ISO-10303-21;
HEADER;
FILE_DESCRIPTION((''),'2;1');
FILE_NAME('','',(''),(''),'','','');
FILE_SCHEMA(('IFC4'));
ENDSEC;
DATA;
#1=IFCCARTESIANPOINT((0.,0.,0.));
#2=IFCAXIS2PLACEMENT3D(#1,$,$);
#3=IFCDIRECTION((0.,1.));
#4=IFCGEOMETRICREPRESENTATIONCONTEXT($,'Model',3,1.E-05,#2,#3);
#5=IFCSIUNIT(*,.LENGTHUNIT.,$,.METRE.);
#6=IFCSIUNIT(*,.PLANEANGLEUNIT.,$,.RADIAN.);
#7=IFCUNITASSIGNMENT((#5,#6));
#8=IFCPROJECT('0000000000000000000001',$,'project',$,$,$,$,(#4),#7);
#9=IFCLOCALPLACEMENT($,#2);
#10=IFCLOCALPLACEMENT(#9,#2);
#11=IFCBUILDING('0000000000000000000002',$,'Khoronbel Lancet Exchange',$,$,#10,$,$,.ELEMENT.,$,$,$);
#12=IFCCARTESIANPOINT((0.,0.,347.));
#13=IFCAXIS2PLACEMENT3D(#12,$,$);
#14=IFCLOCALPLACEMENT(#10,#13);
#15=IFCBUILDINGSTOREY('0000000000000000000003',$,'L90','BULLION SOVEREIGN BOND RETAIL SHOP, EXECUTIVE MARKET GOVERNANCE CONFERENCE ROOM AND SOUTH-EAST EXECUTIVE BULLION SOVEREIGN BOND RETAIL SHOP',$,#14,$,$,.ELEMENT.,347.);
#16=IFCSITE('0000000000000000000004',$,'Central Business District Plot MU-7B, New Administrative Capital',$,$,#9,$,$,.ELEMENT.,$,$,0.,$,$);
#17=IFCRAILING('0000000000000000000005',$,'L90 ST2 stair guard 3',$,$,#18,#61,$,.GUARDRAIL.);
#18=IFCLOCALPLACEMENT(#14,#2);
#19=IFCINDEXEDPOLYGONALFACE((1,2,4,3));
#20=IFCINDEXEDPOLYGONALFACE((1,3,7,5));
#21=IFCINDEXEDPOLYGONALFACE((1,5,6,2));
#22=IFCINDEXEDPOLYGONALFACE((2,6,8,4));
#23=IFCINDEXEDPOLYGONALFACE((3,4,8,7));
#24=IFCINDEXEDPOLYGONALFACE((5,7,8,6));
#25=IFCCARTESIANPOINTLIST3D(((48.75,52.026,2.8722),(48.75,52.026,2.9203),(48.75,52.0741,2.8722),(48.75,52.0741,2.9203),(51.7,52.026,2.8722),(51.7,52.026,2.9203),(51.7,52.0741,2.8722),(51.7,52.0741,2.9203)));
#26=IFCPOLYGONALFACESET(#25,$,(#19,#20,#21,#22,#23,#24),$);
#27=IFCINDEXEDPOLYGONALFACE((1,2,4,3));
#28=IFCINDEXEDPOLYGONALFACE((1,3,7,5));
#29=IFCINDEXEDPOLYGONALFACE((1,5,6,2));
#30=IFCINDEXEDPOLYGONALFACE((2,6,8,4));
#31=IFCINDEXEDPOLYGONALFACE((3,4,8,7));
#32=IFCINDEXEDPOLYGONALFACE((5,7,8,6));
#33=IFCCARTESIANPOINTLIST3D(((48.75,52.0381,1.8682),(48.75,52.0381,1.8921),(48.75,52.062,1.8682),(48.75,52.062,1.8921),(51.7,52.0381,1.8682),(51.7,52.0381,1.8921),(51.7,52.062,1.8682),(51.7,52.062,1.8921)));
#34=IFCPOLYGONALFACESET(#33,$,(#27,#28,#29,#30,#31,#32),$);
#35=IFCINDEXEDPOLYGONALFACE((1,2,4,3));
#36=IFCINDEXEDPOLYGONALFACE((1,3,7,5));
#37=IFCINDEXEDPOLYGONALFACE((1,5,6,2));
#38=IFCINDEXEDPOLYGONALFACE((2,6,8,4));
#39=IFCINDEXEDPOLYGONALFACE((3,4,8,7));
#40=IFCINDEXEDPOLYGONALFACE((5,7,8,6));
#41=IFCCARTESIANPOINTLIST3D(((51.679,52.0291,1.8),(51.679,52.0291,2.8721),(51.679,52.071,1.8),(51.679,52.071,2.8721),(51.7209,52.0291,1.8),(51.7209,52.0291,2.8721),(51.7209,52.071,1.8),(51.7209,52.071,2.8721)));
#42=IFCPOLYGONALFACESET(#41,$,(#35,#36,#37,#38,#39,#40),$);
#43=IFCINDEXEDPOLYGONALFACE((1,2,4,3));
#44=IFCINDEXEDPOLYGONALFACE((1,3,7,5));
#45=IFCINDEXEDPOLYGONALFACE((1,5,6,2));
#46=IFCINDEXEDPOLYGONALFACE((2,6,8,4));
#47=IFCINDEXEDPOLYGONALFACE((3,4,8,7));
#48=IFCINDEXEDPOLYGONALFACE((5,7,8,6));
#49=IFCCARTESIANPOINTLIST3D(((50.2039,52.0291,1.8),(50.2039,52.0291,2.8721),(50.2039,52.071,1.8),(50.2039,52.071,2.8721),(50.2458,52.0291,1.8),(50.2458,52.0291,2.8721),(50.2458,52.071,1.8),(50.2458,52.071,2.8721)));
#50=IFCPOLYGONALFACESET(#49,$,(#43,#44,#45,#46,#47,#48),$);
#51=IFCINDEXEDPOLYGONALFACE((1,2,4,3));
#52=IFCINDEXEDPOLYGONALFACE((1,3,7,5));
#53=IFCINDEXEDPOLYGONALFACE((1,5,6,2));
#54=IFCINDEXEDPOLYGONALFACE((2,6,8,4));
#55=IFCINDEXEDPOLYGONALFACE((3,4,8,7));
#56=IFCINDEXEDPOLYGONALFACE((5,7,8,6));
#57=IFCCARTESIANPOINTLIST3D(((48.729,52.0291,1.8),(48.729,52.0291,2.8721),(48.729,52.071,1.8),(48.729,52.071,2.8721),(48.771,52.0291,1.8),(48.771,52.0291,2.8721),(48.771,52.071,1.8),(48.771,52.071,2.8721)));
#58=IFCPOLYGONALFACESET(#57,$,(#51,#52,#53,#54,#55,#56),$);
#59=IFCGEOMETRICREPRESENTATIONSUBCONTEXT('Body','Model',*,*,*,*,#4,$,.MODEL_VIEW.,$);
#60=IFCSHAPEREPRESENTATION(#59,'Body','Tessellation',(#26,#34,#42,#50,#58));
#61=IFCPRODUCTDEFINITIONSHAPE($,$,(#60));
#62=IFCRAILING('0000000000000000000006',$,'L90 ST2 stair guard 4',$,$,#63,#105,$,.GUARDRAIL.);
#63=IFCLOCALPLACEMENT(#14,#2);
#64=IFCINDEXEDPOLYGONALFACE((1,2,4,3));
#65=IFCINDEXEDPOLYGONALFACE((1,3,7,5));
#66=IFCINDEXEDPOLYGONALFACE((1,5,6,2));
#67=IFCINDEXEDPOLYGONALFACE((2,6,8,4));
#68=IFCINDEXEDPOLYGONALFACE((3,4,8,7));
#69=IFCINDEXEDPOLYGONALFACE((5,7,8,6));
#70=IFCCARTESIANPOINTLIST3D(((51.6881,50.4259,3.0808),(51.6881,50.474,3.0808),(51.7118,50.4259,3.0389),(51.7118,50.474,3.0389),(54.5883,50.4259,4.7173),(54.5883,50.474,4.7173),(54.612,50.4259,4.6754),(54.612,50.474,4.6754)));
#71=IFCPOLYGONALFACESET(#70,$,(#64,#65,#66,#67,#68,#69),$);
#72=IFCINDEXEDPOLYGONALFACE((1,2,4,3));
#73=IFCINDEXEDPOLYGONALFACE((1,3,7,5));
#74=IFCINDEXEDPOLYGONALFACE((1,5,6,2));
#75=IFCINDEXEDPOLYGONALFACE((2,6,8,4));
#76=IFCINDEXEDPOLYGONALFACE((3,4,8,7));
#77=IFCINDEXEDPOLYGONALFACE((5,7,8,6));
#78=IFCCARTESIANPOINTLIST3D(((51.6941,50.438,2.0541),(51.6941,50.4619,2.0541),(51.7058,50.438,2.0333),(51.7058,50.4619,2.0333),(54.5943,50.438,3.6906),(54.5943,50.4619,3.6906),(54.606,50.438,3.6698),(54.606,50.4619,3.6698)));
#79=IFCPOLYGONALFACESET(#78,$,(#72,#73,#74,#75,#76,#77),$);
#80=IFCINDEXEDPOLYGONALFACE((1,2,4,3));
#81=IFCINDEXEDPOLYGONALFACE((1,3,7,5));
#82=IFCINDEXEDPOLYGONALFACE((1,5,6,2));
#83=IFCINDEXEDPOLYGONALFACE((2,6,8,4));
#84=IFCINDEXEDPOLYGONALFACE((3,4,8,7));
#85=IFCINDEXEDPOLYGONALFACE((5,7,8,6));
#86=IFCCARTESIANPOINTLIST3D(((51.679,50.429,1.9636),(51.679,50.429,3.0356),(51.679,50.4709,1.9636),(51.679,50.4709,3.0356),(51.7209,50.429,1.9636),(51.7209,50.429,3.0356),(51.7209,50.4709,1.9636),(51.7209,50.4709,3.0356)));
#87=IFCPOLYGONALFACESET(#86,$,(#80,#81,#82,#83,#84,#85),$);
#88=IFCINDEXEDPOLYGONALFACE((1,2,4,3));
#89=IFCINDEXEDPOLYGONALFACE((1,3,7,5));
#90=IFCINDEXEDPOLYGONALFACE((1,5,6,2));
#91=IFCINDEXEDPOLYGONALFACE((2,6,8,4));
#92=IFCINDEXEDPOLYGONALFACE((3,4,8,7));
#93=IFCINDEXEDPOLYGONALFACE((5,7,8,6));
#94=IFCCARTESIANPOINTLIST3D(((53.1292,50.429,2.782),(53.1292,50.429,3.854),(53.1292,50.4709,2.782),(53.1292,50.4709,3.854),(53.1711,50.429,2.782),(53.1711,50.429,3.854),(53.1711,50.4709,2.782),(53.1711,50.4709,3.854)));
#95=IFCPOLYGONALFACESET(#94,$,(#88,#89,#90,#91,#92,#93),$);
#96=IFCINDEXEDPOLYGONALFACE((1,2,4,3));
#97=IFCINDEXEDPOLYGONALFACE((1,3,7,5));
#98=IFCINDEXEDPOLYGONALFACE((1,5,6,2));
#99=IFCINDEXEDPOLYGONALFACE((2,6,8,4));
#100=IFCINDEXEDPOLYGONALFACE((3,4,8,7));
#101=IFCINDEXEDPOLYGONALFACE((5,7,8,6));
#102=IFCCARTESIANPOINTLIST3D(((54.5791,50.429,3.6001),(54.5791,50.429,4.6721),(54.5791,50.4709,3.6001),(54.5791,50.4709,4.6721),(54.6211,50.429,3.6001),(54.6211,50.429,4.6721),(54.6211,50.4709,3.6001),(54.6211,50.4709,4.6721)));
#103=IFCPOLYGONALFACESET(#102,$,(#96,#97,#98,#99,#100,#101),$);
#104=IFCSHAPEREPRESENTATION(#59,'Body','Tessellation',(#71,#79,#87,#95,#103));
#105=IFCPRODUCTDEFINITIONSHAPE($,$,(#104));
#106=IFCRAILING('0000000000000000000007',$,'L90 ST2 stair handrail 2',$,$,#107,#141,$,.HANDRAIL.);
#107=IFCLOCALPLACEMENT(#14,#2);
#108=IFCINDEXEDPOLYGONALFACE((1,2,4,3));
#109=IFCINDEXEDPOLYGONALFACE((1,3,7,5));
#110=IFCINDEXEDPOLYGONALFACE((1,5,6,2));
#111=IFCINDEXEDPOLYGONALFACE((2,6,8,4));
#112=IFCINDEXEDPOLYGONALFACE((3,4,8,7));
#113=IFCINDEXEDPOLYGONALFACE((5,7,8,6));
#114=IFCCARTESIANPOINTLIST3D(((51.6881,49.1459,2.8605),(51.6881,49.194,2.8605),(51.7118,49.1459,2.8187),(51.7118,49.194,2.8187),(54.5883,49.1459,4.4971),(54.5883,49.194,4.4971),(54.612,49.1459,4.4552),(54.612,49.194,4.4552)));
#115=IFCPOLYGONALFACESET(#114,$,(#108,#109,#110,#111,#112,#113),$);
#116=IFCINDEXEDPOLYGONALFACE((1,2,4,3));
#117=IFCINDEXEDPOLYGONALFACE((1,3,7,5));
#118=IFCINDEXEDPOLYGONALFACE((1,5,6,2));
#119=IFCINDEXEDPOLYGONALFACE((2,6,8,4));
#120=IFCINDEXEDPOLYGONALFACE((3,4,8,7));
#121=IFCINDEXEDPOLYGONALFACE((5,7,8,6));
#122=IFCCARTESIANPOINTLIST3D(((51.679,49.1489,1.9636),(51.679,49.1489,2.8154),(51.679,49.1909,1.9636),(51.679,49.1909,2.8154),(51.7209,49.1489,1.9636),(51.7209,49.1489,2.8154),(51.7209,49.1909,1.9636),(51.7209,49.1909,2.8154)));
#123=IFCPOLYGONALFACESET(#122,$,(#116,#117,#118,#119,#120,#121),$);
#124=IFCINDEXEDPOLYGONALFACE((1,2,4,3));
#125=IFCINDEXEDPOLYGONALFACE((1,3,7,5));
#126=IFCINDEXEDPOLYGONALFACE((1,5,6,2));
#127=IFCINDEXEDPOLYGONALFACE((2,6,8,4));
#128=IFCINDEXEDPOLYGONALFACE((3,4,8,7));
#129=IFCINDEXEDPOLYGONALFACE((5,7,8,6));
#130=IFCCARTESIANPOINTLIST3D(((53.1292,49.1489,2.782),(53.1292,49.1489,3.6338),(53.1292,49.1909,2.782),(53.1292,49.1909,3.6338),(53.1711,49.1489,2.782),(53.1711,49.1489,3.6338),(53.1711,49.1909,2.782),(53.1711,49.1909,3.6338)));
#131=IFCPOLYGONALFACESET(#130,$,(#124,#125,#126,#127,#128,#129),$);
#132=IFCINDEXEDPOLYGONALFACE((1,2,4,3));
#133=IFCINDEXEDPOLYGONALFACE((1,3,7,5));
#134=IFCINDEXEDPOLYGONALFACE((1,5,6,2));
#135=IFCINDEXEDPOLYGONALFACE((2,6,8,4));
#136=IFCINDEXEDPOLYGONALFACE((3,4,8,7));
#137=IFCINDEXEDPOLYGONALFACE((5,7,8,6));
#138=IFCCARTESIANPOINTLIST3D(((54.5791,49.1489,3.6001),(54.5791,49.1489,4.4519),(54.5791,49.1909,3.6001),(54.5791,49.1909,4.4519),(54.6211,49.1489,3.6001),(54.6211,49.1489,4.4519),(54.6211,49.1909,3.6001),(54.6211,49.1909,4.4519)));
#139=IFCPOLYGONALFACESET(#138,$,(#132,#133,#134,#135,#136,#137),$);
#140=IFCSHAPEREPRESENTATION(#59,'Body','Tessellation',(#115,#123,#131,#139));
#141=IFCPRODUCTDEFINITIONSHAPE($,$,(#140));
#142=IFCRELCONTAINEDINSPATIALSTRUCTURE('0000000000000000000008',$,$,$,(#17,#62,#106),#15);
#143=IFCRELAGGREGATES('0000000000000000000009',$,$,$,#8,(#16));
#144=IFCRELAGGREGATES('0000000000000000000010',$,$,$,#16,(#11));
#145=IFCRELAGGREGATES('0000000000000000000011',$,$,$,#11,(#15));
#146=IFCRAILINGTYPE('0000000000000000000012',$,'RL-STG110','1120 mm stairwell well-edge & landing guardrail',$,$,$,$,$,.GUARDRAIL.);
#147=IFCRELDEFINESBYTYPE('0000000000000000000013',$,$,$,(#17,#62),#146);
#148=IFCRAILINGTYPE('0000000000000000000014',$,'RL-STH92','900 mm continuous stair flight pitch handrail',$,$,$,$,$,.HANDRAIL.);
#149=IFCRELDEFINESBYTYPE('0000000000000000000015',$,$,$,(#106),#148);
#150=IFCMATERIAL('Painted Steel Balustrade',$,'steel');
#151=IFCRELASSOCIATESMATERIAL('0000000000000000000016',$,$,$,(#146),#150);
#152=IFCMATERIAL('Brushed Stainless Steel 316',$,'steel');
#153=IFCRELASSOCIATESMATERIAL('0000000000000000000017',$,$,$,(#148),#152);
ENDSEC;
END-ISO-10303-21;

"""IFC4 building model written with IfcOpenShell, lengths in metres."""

from ifc_helpers import new_model, si_unit, direction, frame, origin, origin_2d, place, context, subcontext, project, spatial, rectangle, extrude, material, type_object, element, save


model = new_model("IFC4")

# Units and contexts
model_context = context("Model", 3, precision=1e-05, world=origin(), true_north=direction((0.0, 1.0)))
body_context = subcontext(model_context, "Body", "Model", "MODEL_VIEW")
ifc_project = project(units=[si_unit("LENGTHUNIT", "METRE"), si_unit("PLANEANGLEUNIT", "RADIAN")], contexts=[model_context])

# Site, building, storey
site_placement = place(None, origin())
site = spatial("IfcSite", under=ifc_project, at=site_placement, Name="Central Business District Plot MU-7B, New Administrative Capital", CompositionType="ELEMENT", RefElevation=0.0)
building_placement = place(site_placement, origin())
building = spatial("IfcBuilding", under=site, at=building_placement, Name="Khoronbel Lancet Exchange", CompositionType="ELEMENT")
storey_placement = place(building_placement, frame((0.0, 0.0, 347.0)))
storey = spatial("IfcBuildingStorey", under=building, at=storey_placement, Name="L90", Description="BULLION SOVEREIGN BOND RETAIL SHOP, EXECUTIVE MARKET GOVERNANCE CONFERENCE ROOM AND SOUTH-EAST EXECUTIVE BULLION SOVEREIGN BOND RETAIL SHOP", CompositionType="ELEMENT", Elevation=347.0)

# Railings
ifc_material_1 = material(Name="Painted Steel Balustrade", Category="steel")
railing_type_1 = type_object("IfcRailingType", Name="RL-STG110", Description="1120 mm stairwell well-edge & landing guardrail", PredefinedType="GUARDRAIL", material=ifc_material_1)
railing_1_placement = place(storey_placement, frame((51.7, 52.05, 1.8)))
element("IfcRailing", 1, at=railing_1_placement, inside=storey, type_object=railing_type_1, Name="L90 ST2 stair guard 3", PredefinedType="GUARDRAIL", context=body_context, shape_type="SweptSolid", body=[
    extrude(rectangle(XDim=0.0481, YDim=0.0481, at=origin_2d()), frame((0.0, 0.0, 1.0962), z_axis=(-1.0, 0.0, 0.0), x_axis=(0.0, -1.0, 0.0)), (0.0, 0.0, 1.0), 2.95),
    extrude(rectangle(XDim=0.0239, YDim=0.0239, at=origin_2d()), frame((0.0, 0.0, 0.0801), z_axis=(-1.0, 0.0, 0.0), x_axis=(0.0, -1.0, 0.0)), (0.0, 0.0, 1.0), 2.95),
    extrude(rectangle(XDim=0.042, YDim=0.042, at=origin_2d()), origin(), (0.0, 0.0, 1.0), 1.072),
    extrude(rectangle(XDim=0.042, YDim=0.042, at=origin_2d()), frame((-1.4751, 0.0, 0.0)), (0.0, 0.0, 1.0), 1.072),
    extrude(rectangle(XDim=0.042, YDim=0.042, at=origin_2d()), frame((-2.95, 0.0, 0.0)), (0.0, 0.0, 1.0), 1.072),
])
railing_2_placement = place(storey_placement, frame((51.7, 50.45, 1.9636)))
element("IfcRailing", 2, at=railing_2_placement, inside=storey, type_object=railing_type_1, Name="L90 ST2 stair guard 4", PredefinedType="GUARDRAIL", context=body_context, shape_type="SweptSolid", body=[
    extrude(rectangle(XDim=0.0481, YDim=0.0481, at=origin_2d()), frame((0.0, 0.0, 1.0962), z_axis=(0.870915, 0.0, 0.491434), x_axis=(0.0, 1.0, 0.0)), (0.0, 0.0, 1.0), 3.3301),
    extrude(rectangle(XDim=0.0239, YDim=0.0239, at=origin_2d()), frame((0.0, 0.0, 0.0801), z_axis=(0.870915, 0.0, 0.491434), x_axis=(0.0, 1.0, 0.0)), (0.0, 0.0, 1.0), 3.3301),
    extrude(rectangle(XDim=0.042, YDim=0.042, at=origin_2d()), origin(), (0.0, 0.0, 1.0), 1.072),
    extrude(rectangle(XDim=0.042, YDim=0.042, at=origin_2d()), frame((1.4502, 0.0, 0.8184)), (0.0, 0.0, 1.0), 1.072),
    extrude(rectangle(XDim=0.042, YDim=0.042, at=origin_2d()), frame((2.9001, 0.0, 1.6365)), (0.0, 0.0, 1.0), 1.072),
])
ifc_material_2 = material(Name="Brushed Stainless Steel 316", Category="steel")
railing_type_2 = type_object("IfcRailingType", Name="RL-STH92", Description="900 mm continuous stair flight pitch handrail", PredefinedType="HANDRAIL", material=ifc_material_2)
railing_3_placement = place(storey_placement, frame((51.7, 49.1699, 1.9636)))
element("IfcRailing", 3, at=railing_3_placement, inside=storey, type_object=railing_type_2, Name="L90 ST2 stair handrail 2", PredefinedType="HANDRAIL", context=body_context, shape_type="SweptSolid", body=[
    extrude(rectangle(XDim=0.0481, YDim=0.0481, at=origin_2d()), frame((0.0, 0.0, 0.876), z_axis=(0.870915, 0.0, 0.491434), x_axis=(0.0, 1.0, 0.0)), (0.0, 0.0, 1.0), 3.3301),
    extrude(rectangle(XDim=0.042, YDim=0.042, at=origin_2d()), origin(), (0.0, 0.0, 1.0), 0.8518),
    extrude(rectangle(XDim=0.042, YDim=0.042, at=origin_2d()), frame((1.4502, 0.0, 0.8184)), (0.0, 0.0, 1.0), 0.8518),
    extrude(rectangle(XDim=0.042, YDim=0.042, at=origin_2d()), frame((2.9001, 0.0, 1.6365)), (0.0, 0.0, 1.0), 0.8518),
])

save(model, "model.ifc")
